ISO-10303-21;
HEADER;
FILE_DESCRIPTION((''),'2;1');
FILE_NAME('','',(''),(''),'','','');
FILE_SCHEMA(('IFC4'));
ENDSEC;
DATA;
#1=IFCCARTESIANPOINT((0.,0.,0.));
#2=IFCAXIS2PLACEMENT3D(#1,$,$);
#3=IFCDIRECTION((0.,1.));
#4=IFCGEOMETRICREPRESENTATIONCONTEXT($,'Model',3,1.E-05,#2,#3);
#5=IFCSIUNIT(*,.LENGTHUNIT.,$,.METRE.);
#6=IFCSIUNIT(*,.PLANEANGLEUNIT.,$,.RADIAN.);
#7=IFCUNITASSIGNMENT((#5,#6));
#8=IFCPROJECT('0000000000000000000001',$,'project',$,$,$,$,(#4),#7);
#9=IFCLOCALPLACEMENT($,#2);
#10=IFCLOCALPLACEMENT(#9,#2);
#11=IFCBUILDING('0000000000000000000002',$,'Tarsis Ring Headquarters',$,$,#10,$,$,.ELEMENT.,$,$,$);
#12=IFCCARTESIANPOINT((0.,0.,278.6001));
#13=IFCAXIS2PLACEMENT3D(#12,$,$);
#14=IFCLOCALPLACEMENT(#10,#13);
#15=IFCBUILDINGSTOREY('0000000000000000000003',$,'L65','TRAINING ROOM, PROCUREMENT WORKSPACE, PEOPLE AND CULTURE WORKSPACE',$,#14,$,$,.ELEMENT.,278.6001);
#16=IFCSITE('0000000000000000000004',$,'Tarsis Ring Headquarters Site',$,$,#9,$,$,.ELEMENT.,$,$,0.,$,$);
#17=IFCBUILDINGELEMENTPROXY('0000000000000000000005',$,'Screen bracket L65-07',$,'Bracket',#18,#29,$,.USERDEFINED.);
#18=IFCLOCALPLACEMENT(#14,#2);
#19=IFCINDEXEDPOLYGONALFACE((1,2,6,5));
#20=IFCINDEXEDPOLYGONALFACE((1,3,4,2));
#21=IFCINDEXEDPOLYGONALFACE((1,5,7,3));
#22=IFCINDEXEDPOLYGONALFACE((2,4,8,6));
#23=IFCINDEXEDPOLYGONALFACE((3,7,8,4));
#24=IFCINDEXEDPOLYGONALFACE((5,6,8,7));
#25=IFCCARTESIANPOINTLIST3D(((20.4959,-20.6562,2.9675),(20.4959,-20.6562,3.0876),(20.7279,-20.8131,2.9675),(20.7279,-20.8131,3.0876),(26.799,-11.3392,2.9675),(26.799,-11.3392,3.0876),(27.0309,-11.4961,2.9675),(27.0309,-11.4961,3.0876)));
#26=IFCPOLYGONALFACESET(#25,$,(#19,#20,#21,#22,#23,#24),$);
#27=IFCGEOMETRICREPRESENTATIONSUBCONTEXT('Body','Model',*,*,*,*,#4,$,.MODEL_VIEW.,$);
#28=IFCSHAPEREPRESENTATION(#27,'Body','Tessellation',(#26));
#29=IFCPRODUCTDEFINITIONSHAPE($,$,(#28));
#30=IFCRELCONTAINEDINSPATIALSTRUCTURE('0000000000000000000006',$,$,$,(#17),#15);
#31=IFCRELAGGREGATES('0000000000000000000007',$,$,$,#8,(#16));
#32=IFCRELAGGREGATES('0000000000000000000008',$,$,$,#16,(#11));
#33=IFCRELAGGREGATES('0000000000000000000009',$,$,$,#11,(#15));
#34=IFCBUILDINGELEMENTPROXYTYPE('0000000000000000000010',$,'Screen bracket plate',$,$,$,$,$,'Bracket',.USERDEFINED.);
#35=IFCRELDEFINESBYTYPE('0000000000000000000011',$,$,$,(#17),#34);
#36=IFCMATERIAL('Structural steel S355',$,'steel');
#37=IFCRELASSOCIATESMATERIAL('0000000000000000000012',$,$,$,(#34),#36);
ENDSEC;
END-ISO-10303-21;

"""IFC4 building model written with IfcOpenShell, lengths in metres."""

from ifc_helpers import new_model, si_unit, direction, frame, origin, origin_2d, place, context, subcontext, project, spatial, rectangle, extrude, material, type_object, element, save


model = new_model("IFC4")

# Units and contexts
model_context = context("Model", 3, precision=1e-05, world=origin(), true_north=direction((0.0, 1.0)))
body_context = subcontext(model_context, "Body", "Model", "MODEL_VIEW")
ifc_project = project(units=[si_unit("LENGTHUNIT", "METRE"), si_unit("PLANEANGLEUNIT", "RADIAN")], contexts=[model_context])

# Site, building, storey
site_placement = place(None, origin())
site = spatial("IfcSite", under=ifc_project, at=site_placement, Name="Tarsis Ring Headquarters Site", CompositionType="ELEMENT", RefElevation=0.0)
building_placement = place(site_placement, origin())
building = spatial("IfcBuilding", under=site, at=building_placement, Name="Tarsis Ring Headquarters", CompositionType="ELEMENT")
storey_placement = place(building_placement, frame((0.0, 0.0, 278.6001)))
storey = spatial("IfcBuildingStorey", under=building, at=storey_placement, Name="L65", Description="TRAINING ROOM, PROCUREMENT WORKSPACE, PEOPLE AND CULTURE WORKSPACE", CompositionType="ELEMENT", Elevation=278.6001)

# Shared definitions
ifc_material_1 = material(Name="Structural steel S355", Category="steel")

# Building element proxy
building_element_proxy_type = type_object("IfcBuildingElementProxyType", Name="Screen bracket plate", ElementType="Bracket", PredefinedType="USERDEFINED", material=ifc_material_1)
proxy_placement = place(storey_placement, frame((23.7634, -16.0762, 2.9675), z_axis=(0.0, 0.0, 1.0), x_axis=(0.560331, 0.828268, 0.0)))
element("IfcBuildingElementProxy", 1, at=proxy_placement, inside=storey, type_object=building_element_proxy_type, Name="Screen bracket L65-07", ObjectType="Bracket", PredefinedType="USERDEFINED", context=body_context, shape_type="SweptSolid", body=[
    extrude(rectangle(XDim=11.2488, YDim=0.28, at=origin_2d()), origin(), (0.0, 0.0, 1.0), 0.1201),
])

save(model, "model.ifc")
